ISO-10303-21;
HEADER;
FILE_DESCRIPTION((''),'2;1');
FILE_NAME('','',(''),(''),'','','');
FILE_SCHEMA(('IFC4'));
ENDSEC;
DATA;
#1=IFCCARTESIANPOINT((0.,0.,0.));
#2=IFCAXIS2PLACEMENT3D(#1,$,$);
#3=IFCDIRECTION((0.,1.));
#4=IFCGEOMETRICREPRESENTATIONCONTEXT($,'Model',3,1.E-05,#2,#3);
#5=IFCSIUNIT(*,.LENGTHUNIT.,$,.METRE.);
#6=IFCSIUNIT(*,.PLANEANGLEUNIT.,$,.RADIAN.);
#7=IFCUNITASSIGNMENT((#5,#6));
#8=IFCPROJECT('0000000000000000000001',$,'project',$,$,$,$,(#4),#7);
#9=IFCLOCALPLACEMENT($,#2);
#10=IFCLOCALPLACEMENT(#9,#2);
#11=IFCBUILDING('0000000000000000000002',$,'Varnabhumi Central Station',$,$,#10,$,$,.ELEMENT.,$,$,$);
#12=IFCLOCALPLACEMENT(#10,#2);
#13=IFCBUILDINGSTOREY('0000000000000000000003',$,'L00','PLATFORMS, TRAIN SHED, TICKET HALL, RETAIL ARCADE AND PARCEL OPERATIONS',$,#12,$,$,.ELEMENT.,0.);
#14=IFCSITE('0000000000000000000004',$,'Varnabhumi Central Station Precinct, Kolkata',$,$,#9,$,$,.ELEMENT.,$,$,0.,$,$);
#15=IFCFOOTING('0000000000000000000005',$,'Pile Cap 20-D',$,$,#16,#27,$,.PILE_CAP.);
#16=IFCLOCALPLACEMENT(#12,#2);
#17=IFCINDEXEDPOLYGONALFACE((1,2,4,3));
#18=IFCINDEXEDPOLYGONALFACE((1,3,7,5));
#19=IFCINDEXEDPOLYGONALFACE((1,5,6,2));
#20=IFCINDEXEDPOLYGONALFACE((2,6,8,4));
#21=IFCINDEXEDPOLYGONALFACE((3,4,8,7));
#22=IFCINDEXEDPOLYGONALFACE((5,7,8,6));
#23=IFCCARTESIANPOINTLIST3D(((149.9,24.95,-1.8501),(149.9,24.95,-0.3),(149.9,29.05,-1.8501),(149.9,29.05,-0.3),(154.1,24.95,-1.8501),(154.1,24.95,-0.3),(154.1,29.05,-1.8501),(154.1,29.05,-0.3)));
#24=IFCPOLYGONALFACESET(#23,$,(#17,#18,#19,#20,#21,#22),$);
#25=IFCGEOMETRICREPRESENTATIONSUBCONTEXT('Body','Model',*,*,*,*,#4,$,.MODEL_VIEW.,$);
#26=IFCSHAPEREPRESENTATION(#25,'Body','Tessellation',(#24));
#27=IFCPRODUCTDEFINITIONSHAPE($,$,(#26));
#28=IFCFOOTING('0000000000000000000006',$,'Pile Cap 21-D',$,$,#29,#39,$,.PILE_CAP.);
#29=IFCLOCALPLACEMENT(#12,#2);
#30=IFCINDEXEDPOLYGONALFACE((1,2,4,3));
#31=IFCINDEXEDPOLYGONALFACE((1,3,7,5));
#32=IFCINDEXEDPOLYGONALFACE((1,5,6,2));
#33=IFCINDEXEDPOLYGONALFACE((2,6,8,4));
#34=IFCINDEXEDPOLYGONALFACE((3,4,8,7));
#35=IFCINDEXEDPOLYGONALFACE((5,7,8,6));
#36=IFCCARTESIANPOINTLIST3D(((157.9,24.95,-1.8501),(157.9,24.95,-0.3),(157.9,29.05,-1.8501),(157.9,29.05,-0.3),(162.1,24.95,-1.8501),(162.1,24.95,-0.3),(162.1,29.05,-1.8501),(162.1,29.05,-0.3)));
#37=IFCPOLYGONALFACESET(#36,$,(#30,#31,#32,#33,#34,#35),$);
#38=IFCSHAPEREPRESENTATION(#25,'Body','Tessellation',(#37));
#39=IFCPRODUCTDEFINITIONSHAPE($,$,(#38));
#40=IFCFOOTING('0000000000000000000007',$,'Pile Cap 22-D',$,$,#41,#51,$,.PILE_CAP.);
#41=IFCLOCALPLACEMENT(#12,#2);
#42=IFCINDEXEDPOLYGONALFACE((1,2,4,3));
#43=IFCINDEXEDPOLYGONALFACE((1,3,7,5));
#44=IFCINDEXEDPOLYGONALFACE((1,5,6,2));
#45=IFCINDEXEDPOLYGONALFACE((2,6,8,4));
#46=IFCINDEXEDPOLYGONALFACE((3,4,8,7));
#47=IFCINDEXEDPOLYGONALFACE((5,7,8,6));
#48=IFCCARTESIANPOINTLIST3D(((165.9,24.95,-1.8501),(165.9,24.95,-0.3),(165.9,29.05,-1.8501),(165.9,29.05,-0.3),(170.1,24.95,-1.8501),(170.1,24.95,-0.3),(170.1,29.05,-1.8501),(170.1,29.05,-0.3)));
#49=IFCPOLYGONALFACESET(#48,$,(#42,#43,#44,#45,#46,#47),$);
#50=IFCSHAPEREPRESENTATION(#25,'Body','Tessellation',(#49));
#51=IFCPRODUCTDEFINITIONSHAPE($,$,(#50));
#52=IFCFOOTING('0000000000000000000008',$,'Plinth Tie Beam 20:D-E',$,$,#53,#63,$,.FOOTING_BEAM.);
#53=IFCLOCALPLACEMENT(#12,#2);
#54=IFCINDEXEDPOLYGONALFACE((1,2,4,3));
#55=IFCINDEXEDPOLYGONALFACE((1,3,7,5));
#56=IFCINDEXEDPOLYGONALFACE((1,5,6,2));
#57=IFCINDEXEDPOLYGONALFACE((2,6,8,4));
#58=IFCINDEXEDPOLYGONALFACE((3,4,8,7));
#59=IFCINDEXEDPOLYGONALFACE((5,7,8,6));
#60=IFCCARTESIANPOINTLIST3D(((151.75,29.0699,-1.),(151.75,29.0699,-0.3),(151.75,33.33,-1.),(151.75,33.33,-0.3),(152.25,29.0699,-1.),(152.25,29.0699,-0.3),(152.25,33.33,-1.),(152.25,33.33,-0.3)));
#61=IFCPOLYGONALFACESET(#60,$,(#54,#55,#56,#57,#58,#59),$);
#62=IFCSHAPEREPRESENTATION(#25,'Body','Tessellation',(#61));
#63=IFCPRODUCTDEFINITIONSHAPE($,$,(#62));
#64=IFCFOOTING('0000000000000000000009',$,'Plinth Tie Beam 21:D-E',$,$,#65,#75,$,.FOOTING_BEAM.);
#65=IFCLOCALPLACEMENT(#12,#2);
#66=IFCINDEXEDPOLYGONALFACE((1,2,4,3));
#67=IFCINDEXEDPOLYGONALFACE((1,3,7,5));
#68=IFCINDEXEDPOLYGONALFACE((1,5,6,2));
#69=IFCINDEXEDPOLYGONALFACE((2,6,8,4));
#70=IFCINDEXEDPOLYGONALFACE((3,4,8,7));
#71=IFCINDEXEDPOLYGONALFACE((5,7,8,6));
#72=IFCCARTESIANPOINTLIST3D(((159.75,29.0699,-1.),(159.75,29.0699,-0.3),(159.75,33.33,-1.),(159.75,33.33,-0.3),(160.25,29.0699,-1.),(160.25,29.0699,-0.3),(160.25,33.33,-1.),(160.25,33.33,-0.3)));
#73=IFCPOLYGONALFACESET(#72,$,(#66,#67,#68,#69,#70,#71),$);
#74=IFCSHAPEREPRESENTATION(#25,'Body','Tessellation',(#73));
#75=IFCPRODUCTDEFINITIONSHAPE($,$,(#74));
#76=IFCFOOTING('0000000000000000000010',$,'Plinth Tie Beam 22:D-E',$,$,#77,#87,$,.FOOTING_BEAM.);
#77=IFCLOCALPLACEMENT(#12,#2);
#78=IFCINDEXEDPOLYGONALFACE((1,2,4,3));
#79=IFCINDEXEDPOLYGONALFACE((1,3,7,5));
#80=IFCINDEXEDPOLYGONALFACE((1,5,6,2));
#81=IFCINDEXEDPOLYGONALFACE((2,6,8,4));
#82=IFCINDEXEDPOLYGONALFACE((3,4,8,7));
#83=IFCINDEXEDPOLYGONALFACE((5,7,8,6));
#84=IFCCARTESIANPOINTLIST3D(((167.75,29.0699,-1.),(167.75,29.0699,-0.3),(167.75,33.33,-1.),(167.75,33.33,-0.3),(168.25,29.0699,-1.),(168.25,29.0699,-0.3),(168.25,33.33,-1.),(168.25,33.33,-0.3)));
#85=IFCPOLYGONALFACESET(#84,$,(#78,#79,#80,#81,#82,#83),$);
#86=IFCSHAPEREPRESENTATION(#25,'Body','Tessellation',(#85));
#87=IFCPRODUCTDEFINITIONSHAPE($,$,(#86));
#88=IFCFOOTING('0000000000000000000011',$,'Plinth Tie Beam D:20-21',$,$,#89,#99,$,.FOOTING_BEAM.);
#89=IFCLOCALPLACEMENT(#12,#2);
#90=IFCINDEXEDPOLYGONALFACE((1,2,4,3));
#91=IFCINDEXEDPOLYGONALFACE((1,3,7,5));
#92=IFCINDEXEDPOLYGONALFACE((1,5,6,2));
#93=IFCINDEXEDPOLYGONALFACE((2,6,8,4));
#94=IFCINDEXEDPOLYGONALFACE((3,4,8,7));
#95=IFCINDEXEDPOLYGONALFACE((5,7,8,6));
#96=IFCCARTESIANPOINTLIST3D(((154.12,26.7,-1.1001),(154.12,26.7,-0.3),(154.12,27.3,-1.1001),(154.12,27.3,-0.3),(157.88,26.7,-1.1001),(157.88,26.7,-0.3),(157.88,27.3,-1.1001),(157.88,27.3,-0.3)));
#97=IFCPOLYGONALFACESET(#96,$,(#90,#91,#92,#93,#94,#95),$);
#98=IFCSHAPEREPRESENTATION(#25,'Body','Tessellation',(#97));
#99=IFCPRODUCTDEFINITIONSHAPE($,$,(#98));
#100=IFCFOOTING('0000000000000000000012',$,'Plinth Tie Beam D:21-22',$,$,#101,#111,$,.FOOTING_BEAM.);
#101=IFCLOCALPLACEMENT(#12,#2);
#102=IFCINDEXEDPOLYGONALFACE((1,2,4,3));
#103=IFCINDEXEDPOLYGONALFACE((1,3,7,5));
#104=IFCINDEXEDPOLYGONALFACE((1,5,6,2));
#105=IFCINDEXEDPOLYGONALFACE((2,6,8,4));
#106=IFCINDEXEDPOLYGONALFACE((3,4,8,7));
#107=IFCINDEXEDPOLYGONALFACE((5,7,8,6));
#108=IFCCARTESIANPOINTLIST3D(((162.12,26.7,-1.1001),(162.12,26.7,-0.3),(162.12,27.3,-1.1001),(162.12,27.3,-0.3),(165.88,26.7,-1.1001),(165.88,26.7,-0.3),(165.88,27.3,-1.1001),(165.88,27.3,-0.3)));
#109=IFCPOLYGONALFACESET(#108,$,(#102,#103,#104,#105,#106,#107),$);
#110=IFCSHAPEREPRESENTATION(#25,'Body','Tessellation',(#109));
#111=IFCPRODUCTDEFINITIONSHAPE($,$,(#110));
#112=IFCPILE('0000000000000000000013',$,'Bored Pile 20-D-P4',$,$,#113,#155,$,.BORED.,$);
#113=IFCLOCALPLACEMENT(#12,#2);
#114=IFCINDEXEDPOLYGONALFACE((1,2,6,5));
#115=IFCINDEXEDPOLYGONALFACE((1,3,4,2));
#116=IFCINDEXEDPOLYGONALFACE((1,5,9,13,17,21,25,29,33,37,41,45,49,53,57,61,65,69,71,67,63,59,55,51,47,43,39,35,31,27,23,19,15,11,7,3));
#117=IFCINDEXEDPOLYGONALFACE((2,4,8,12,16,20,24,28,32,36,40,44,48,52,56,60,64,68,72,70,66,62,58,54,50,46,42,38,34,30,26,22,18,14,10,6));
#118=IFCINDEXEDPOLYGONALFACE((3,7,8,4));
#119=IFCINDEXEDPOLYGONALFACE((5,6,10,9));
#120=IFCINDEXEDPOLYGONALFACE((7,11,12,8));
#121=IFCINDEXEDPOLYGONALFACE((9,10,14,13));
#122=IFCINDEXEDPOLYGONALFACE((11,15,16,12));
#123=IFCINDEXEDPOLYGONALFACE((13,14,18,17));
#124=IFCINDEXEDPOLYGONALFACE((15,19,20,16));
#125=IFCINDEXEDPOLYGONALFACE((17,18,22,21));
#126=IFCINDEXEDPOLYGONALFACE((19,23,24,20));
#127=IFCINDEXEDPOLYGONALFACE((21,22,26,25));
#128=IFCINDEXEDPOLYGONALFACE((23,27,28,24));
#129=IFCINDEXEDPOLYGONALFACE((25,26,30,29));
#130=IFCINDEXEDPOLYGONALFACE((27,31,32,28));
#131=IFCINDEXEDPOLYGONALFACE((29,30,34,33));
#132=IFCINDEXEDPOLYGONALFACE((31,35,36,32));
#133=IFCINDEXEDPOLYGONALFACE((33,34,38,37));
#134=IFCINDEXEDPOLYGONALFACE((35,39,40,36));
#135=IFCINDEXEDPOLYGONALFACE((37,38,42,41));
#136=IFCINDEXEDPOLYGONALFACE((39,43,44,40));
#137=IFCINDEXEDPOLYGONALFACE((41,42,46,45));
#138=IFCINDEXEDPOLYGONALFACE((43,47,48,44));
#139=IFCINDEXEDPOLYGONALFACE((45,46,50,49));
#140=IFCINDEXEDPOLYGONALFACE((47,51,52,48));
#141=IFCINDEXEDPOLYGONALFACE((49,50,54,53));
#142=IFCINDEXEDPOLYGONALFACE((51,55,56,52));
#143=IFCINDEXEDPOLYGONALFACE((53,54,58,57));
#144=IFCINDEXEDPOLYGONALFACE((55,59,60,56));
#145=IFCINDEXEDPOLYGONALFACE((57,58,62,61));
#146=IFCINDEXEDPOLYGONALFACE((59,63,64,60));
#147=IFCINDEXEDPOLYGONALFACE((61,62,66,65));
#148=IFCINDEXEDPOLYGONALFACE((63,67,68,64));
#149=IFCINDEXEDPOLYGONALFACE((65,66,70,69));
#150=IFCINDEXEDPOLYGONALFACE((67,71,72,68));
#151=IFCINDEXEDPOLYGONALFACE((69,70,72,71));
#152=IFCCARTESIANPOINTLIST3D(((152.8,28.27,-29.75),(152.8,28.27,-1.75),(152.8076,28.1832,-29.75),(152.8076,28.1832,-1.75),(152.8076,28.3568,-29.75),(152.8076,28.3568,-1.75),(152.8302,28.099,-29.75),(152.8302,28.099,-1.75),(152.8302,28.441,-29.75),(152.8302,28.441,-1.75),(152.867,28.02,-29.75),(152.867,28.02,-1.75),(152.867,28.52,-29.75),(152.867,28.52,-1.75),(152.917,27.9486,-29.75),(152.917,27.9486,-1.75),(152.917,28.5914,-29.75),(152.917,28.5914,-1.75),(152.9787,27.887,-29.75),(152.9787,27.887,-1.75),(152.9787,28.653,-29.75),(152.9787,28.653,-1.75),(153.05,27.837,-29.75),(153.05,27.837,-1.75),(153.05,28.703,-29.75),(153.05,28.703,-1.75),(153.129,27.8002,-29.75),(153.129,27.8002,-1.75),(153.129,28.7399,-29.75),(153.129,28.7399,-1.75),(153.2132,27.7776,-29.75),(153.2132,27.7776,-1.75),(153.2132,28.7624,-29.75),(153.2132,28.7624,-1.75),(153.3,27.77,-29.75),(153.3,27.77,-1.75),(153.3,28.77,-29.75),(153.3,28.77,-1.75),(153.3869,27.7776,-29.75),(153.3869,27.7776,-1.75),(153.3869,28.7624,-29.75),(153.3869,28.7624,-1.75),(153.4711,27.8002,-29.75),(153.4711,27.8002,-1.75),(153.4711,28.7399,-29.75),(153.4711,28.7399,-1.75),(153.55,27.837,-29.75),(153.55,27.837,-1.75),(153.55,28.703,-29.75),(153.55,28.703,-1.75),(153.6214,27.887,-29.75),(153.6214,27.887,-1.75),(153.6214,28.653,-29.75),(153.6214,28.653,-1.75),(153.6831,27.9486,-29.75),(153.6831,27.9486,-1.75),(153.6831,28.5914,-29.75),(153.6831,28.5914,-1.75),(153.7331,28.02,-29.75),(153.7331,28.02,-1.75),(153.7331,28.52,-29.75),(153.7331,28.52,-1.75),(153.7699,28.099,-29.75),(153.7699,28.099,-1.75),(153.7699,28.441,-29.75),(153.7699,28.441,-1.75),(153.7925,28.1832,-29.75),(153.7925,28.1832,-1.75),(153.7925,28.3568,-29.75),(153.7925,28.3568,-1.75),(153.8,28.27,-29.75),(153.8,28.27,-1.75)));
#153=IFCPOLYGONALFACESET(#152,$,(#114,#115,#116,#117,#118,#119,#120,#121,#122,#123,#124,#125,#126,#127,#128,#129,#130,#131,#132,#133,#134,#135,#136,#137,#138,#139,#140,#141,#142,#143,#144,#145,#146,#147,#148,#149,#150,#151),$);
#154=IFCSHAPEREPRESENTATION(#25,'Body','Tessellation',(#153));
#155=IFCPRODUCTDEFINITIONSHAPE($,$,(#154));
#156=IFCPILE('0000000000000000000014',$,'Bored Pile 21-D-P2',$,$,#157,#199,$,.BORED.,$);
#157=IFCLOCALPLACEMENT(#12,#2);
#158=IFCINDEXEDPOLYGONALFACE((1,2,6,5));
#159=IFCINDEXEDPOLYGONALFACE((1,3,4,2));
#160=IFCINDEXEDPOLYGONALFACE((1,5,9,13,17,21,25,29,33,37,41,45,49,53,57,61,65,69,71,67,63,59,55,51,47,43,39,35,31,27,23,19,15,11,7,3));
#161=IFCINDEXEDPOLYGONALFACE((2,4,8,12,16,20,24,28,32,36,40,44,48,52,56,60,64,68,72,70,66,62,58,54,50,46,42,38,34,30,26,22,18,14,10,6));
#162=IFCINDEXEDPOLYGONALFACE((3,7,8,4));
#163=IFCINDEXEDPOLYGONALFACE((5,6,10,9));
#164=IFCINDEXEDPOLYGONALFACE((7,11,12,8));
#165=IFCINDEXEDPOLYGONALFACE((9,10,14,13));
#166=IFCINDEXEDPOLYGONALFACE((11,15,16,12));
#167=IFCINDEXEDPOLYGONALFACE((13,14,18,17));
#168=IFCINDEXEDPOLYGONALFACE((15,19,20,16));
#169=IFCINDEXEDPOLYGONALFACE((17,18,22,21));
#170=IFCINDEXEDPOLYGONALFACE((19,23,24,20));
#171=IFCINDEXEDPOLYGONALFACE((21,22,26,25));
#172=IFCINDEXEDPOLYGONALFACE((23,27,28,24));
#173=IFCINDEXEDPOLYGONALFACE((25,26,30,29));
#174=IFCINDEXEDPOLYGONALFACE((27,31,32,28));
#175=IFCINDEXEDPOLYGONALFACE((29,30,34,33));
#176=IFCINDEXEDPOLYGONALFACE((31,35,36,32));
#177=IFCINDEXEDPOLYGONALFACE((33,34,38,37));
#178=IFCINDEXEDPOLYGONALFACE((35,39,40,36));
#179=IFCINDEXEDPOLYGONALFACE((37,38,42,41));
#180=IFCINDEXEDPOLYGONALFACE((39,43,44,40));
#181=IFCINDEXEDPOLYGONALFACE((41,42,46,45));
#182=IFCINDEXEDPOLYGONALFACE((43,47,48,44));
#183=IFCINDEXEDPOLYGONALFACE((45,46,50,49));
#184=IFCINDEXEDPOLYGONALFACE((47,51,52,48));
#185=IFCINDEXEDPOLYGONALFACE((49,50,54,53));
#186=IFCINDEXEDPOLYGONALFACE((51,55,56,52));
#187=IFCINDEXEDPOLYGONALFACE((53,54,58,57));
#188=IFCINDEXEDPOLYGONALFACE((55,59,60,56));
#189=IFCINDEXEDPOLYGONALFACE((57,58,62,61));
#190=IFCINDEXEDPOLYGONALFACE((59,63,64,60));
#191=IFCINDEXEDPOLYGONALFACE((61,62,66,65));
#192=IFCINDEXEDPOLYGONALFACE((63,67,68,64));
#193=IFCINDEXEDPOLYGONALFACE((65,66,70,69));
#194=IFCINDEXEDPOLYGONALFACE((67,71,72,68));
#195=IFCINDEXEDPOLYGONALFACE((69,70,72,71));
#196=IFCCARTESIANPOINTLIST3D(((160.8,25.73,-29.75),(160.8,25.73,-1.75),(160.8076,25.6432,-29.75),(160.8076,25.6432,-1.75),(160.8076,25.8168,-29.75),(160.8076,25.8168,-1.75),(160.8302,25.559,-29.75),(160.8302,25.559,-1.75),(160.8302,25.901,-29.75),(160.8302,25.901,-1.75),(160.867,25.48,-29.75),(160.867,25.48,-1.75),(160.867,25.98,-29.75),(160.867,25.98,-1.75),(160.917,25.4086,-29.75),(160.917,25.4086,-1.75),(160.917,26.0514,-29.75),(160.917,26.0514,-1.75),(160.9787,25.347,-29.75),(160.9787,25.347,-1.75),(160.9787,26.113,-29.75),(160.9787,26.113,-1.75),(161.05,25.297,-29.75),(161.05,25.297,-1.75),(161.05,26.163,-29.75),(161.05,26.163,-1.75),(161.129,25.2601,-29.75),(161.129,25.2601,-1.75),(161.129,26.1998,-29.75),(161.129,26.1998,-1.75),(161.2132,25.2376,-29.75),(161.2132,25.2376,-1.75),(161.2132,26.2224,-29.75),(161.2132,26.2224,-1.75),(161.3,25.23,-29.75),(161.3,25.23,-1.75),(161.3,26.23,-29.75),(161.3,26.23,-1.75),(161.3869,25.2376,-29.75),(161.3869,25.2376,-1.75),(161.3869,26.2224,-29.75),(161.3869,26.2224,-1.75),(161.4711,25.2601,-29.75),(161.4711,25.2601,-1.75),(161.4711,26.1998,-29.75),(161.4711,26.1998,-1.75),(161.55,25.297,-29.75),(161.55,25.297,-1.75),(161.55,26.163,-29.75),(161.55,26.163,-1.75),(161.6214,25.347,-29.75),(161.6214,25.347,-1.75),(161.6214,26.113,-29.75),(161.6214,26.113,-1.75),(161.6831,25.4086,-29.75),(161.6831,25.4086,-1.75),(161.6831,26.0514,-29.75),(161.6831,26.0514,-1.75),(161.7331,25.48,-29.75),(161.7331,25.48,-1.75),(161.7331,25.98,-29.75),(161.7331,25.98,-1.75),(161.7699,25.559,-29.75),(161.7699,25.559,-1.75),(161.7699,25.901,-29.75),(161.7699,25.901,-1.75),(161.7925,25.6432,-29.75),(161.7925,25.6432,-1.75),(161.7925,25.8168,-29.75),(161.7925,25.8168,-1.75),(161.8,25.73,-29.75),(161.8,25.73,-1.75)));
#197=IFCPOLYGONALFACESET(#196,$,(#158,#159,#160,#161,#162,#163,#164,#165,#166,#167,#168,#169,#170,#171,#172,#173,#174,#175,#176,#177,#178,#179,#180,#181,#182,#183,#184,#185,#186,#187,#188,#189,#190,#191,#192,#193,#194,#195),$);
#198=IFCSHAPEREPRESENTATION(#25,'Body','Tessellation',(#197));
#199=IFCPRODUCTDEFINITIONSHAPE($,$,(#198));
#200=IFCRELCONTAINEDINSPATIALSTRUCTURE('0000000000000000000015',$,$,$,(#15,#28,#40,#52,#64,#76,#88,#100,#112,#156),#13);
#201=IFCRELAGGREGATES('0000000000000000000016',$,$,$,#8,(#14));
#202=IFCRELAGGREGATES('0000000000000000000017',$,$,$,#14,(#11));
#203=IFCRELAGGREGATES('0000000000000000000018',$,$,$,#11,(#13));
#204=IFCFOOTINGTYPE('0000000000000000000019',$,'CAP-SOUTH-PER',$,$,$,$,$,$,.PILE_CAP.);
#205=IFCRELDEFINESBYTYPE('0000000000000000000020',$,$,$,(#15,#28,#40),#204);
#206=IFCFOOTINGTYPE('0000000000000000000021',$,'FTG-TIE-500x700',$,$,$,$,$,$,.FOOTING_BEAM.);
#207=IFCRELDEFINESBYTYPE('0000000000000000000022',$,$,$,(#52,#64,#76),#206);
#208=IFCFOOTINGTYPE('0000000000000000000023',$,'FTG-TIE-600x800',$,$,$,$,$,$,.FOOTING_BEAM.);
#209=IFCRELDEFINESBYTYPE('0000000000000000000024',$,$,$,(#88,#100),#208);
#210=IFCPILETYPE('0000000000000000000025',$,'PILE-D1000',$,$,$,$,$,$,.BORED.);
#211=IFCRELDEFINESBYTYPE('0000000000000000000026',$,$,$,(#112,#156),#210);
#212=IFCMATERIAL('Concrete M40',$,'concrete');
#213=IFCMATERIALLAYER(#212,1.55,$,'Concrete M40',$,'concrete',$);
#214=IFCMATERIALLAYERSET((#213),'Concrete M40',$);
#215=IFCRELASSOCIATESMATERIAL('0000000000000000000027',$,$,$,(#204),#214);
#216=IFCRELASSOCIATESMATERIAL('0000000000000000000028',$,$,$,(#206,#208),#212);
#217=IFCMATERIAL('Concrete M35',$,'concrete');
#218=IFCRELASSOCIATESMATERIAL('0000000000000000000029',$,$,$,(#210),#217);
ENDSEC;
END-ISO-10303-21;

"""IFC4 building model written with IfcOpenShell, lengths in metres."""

from ifc_helpers import new_model, si_unit, direction, frame, origin, origin_2d, place, context, subcontext, project, spatial, rectangle, circle, extrude, material, layer, layer_set, material_profile, profile_set, type_object, element, save


model = new_model("IFC4")

# Units and contexts
model_context = context("Model", 3, precision=1e-05, world=origin(), true_north=direction((0.0, 1.0)))
body_context = subcontext(model_context, "Body", "Model", "MODEL_VIEW")
ifc_project = project(units=[si_unit("LENGTHUNIT", "METRE"), si_unit("PLANEANGLEUNIT", "RADIAN")], contexts=[model_context])

# Site, building, storey
site_placement = place(None, origin())
site = spatial("IfcSite", under=ifc_project, at=site_placement, Name="Varnabhumi Central Station Precinct, Kolkata", CompositionType="ELEMENT", RefElevation=0.0)
building_placement = place(site_placement, origin())
building = spatial("IfcBuilding", under=site, at=building_placement, Name="Varnabhumi Central Station", CompositionType="ELEMENT")
storey_placement = place(building_placement, origin())
storey = spatial("IfcBuildingStorey", under=building, at=storey_placement, Name="L00", Description="PLATFORMS, TRAIN SHED, TICKET HALL, RETAIL ARCADE AND PARCEL OPERATIONS", CompositionType="ELEMENT", Elevation=0.0)

# Footings
ifc_material_1 = material(Name="Concrete M40", Category="concrete")
ifc_layer_1 = layer(ifc_material_1, 1.55, Name="Concrete M40", Category="concrete")
ifc_layer_set_1 = layer_set([ifc_layer_1], Name="Concrete M40")
footing_type_1 = type_object("IfcFootingType", Name="CAP-SOUTH-PER", PredefinedType="PILE_CAP", material=ifc_layer_set_1)
for number, where, z_axis, x_axis, name in (
    (1, (152.0, 27.0, -1.8501), (0.0, 0.0, 1.0), (1.0, 0.0, 0.0), "Pile Cap 20-D"),
    (2, (160.0, 27.0, -1.8501), (0.0, 0.0, 1.0), (1.0, 0.0, 0.0), "Pile Cap 21-D"),
    (3, (168.0, 27.0, -1.8501), (0.0, 0.0, 1.0), (1.0, 0.0, 0.0), "Pile Cap 22-D"),
):
    element("IfcFooting", number, at=place(storey_placement, frame(where, z_axis=z_axis, x_axis=x_axis)), inside=storey, type_object=footing_type_1, Name=name, PredefinedType="PILE_CAP", context=body_context, shape_type="SweptSolid", body=[
        extrude(rectangle(XDim=4.2, YDim=4.1001, at=origin_2d()), origin(), (0.0, 0.0, 1.0), 1.55),
    ])
footing_type_2 = type_object("IfcFootingType", Name="FTG-TIE-500x700", PredefinedType="FOOTING_BEAM", material=ifc_material_1)
for number, where, z_axis, x_axis, name in (
    (4, (152.0, 31.2, -1.0), (0.0, 0.0, 1.0), (1.0, 0.0, 0.0), "Plinth Tie Beam 20:D-E"),
    (5, (160.0, 31.2, -1.0), (0.0, 0.0, 1.0), (1.0, 0.0, 0.0), "Plinth Tie Beam 21:D-E"),
    (6, (168.0, 31.2, -1.0), (0.0, 0.0, 1.0), (1.0, 0.0, 0.0), "Plinth Tie Beam 22:D-E"),
):
    element("IfcFooting", number, at=place(storey_placement, frame(where, z_axis=z_axis, x_axis=x_axis)), inside=storey, type_object=footing_type_2, Name=name, PredefinedType="FOOTING_BEAM", context=body_context, shape_type="SweptSolid", body=[
        extrude(rectangle(XDim=0.5, YDim=4.26, at=origin_2d()), origin(), (0.0, 0.0, 1.0), 0.7),
    ])
footing_type_3 = type_object("IfcFootingType", Name="FTG-TIE-600x800", PredefinedType="FOOTING_BEAM", material=ifc_material_1)
for number, where, z_axis, x_axis, name in (
    (7, (156.0, 27.0, -1.1001), (0.0, 0.0, 1.0), (1.0, 0.0, 0.0), "Plinth Tie Beam D:20-21"),
    (8, (164.0, 27.0, -1.1001), (0.0, 0.0, 1.0), (1.0, 0.0, 0.0), "Plinth Tie Beam D:21-22"),
):
    element("IfcFooting", number, at=place(storey_placement, frame(where, z_axis=z_axis, x_axis=x_axis)), inside=storey, type_object=footing_type_3, Name=name, PredefinedType="FOOTING_BEAM", context=body_context, shape_type="SweptSolid", body=[
        extrude(rectangle(XDim=3.76, YDim=0.6001, at=origin_2d()), origin(), (0.0, 0.0, 1.0), 0.8),
    ])

# Piles
ifc_material_2 = material(Name="Concrete M35", Category="concrete")
ifc_material_profile_1 = material_profile(ifc_material_2, circle(Radius=0.5, at=origin_2d()), Name="Concrete M35", Category="concrete")
ifc_profile_set_1 = profile_set([ifc_material_profile_1], Name="Concrete M35")
pile_type_1 = type_object("IfcPileType", Name="PILE-D1000", PredefinedType="BORED", material=ifc_profile_set_1)
for number, where, z_axis, x_axis, name in (
    (9, (153.3, 28.27, -1.75), (0.0, 0.0, -1.0), (1.0, 0.0, 0.0), "Bored Pile 20-D-P4"),
    (10, (161.3, 25.73, -1.75), (0.0, 0.0, -1.0), (1.0, 0.0, 0.0), "Bored Pile 21-D-P2"),
):
    element("IfcPile", number, at=place(storey_placement, frame(where, z_axis=z_axis, x_axis=x_axis)), inside=storey, type_object=pile_type_1, Name=name, PredefinedType="BORED", context=body_context, shape_type="SweptSolid", body=[
        extrude(circle(Radius=0.5, at=origin_2d()), origin(), (0.0, 0.0, 1.0), 28.0),
    ])

save(model, "model.ifc")
